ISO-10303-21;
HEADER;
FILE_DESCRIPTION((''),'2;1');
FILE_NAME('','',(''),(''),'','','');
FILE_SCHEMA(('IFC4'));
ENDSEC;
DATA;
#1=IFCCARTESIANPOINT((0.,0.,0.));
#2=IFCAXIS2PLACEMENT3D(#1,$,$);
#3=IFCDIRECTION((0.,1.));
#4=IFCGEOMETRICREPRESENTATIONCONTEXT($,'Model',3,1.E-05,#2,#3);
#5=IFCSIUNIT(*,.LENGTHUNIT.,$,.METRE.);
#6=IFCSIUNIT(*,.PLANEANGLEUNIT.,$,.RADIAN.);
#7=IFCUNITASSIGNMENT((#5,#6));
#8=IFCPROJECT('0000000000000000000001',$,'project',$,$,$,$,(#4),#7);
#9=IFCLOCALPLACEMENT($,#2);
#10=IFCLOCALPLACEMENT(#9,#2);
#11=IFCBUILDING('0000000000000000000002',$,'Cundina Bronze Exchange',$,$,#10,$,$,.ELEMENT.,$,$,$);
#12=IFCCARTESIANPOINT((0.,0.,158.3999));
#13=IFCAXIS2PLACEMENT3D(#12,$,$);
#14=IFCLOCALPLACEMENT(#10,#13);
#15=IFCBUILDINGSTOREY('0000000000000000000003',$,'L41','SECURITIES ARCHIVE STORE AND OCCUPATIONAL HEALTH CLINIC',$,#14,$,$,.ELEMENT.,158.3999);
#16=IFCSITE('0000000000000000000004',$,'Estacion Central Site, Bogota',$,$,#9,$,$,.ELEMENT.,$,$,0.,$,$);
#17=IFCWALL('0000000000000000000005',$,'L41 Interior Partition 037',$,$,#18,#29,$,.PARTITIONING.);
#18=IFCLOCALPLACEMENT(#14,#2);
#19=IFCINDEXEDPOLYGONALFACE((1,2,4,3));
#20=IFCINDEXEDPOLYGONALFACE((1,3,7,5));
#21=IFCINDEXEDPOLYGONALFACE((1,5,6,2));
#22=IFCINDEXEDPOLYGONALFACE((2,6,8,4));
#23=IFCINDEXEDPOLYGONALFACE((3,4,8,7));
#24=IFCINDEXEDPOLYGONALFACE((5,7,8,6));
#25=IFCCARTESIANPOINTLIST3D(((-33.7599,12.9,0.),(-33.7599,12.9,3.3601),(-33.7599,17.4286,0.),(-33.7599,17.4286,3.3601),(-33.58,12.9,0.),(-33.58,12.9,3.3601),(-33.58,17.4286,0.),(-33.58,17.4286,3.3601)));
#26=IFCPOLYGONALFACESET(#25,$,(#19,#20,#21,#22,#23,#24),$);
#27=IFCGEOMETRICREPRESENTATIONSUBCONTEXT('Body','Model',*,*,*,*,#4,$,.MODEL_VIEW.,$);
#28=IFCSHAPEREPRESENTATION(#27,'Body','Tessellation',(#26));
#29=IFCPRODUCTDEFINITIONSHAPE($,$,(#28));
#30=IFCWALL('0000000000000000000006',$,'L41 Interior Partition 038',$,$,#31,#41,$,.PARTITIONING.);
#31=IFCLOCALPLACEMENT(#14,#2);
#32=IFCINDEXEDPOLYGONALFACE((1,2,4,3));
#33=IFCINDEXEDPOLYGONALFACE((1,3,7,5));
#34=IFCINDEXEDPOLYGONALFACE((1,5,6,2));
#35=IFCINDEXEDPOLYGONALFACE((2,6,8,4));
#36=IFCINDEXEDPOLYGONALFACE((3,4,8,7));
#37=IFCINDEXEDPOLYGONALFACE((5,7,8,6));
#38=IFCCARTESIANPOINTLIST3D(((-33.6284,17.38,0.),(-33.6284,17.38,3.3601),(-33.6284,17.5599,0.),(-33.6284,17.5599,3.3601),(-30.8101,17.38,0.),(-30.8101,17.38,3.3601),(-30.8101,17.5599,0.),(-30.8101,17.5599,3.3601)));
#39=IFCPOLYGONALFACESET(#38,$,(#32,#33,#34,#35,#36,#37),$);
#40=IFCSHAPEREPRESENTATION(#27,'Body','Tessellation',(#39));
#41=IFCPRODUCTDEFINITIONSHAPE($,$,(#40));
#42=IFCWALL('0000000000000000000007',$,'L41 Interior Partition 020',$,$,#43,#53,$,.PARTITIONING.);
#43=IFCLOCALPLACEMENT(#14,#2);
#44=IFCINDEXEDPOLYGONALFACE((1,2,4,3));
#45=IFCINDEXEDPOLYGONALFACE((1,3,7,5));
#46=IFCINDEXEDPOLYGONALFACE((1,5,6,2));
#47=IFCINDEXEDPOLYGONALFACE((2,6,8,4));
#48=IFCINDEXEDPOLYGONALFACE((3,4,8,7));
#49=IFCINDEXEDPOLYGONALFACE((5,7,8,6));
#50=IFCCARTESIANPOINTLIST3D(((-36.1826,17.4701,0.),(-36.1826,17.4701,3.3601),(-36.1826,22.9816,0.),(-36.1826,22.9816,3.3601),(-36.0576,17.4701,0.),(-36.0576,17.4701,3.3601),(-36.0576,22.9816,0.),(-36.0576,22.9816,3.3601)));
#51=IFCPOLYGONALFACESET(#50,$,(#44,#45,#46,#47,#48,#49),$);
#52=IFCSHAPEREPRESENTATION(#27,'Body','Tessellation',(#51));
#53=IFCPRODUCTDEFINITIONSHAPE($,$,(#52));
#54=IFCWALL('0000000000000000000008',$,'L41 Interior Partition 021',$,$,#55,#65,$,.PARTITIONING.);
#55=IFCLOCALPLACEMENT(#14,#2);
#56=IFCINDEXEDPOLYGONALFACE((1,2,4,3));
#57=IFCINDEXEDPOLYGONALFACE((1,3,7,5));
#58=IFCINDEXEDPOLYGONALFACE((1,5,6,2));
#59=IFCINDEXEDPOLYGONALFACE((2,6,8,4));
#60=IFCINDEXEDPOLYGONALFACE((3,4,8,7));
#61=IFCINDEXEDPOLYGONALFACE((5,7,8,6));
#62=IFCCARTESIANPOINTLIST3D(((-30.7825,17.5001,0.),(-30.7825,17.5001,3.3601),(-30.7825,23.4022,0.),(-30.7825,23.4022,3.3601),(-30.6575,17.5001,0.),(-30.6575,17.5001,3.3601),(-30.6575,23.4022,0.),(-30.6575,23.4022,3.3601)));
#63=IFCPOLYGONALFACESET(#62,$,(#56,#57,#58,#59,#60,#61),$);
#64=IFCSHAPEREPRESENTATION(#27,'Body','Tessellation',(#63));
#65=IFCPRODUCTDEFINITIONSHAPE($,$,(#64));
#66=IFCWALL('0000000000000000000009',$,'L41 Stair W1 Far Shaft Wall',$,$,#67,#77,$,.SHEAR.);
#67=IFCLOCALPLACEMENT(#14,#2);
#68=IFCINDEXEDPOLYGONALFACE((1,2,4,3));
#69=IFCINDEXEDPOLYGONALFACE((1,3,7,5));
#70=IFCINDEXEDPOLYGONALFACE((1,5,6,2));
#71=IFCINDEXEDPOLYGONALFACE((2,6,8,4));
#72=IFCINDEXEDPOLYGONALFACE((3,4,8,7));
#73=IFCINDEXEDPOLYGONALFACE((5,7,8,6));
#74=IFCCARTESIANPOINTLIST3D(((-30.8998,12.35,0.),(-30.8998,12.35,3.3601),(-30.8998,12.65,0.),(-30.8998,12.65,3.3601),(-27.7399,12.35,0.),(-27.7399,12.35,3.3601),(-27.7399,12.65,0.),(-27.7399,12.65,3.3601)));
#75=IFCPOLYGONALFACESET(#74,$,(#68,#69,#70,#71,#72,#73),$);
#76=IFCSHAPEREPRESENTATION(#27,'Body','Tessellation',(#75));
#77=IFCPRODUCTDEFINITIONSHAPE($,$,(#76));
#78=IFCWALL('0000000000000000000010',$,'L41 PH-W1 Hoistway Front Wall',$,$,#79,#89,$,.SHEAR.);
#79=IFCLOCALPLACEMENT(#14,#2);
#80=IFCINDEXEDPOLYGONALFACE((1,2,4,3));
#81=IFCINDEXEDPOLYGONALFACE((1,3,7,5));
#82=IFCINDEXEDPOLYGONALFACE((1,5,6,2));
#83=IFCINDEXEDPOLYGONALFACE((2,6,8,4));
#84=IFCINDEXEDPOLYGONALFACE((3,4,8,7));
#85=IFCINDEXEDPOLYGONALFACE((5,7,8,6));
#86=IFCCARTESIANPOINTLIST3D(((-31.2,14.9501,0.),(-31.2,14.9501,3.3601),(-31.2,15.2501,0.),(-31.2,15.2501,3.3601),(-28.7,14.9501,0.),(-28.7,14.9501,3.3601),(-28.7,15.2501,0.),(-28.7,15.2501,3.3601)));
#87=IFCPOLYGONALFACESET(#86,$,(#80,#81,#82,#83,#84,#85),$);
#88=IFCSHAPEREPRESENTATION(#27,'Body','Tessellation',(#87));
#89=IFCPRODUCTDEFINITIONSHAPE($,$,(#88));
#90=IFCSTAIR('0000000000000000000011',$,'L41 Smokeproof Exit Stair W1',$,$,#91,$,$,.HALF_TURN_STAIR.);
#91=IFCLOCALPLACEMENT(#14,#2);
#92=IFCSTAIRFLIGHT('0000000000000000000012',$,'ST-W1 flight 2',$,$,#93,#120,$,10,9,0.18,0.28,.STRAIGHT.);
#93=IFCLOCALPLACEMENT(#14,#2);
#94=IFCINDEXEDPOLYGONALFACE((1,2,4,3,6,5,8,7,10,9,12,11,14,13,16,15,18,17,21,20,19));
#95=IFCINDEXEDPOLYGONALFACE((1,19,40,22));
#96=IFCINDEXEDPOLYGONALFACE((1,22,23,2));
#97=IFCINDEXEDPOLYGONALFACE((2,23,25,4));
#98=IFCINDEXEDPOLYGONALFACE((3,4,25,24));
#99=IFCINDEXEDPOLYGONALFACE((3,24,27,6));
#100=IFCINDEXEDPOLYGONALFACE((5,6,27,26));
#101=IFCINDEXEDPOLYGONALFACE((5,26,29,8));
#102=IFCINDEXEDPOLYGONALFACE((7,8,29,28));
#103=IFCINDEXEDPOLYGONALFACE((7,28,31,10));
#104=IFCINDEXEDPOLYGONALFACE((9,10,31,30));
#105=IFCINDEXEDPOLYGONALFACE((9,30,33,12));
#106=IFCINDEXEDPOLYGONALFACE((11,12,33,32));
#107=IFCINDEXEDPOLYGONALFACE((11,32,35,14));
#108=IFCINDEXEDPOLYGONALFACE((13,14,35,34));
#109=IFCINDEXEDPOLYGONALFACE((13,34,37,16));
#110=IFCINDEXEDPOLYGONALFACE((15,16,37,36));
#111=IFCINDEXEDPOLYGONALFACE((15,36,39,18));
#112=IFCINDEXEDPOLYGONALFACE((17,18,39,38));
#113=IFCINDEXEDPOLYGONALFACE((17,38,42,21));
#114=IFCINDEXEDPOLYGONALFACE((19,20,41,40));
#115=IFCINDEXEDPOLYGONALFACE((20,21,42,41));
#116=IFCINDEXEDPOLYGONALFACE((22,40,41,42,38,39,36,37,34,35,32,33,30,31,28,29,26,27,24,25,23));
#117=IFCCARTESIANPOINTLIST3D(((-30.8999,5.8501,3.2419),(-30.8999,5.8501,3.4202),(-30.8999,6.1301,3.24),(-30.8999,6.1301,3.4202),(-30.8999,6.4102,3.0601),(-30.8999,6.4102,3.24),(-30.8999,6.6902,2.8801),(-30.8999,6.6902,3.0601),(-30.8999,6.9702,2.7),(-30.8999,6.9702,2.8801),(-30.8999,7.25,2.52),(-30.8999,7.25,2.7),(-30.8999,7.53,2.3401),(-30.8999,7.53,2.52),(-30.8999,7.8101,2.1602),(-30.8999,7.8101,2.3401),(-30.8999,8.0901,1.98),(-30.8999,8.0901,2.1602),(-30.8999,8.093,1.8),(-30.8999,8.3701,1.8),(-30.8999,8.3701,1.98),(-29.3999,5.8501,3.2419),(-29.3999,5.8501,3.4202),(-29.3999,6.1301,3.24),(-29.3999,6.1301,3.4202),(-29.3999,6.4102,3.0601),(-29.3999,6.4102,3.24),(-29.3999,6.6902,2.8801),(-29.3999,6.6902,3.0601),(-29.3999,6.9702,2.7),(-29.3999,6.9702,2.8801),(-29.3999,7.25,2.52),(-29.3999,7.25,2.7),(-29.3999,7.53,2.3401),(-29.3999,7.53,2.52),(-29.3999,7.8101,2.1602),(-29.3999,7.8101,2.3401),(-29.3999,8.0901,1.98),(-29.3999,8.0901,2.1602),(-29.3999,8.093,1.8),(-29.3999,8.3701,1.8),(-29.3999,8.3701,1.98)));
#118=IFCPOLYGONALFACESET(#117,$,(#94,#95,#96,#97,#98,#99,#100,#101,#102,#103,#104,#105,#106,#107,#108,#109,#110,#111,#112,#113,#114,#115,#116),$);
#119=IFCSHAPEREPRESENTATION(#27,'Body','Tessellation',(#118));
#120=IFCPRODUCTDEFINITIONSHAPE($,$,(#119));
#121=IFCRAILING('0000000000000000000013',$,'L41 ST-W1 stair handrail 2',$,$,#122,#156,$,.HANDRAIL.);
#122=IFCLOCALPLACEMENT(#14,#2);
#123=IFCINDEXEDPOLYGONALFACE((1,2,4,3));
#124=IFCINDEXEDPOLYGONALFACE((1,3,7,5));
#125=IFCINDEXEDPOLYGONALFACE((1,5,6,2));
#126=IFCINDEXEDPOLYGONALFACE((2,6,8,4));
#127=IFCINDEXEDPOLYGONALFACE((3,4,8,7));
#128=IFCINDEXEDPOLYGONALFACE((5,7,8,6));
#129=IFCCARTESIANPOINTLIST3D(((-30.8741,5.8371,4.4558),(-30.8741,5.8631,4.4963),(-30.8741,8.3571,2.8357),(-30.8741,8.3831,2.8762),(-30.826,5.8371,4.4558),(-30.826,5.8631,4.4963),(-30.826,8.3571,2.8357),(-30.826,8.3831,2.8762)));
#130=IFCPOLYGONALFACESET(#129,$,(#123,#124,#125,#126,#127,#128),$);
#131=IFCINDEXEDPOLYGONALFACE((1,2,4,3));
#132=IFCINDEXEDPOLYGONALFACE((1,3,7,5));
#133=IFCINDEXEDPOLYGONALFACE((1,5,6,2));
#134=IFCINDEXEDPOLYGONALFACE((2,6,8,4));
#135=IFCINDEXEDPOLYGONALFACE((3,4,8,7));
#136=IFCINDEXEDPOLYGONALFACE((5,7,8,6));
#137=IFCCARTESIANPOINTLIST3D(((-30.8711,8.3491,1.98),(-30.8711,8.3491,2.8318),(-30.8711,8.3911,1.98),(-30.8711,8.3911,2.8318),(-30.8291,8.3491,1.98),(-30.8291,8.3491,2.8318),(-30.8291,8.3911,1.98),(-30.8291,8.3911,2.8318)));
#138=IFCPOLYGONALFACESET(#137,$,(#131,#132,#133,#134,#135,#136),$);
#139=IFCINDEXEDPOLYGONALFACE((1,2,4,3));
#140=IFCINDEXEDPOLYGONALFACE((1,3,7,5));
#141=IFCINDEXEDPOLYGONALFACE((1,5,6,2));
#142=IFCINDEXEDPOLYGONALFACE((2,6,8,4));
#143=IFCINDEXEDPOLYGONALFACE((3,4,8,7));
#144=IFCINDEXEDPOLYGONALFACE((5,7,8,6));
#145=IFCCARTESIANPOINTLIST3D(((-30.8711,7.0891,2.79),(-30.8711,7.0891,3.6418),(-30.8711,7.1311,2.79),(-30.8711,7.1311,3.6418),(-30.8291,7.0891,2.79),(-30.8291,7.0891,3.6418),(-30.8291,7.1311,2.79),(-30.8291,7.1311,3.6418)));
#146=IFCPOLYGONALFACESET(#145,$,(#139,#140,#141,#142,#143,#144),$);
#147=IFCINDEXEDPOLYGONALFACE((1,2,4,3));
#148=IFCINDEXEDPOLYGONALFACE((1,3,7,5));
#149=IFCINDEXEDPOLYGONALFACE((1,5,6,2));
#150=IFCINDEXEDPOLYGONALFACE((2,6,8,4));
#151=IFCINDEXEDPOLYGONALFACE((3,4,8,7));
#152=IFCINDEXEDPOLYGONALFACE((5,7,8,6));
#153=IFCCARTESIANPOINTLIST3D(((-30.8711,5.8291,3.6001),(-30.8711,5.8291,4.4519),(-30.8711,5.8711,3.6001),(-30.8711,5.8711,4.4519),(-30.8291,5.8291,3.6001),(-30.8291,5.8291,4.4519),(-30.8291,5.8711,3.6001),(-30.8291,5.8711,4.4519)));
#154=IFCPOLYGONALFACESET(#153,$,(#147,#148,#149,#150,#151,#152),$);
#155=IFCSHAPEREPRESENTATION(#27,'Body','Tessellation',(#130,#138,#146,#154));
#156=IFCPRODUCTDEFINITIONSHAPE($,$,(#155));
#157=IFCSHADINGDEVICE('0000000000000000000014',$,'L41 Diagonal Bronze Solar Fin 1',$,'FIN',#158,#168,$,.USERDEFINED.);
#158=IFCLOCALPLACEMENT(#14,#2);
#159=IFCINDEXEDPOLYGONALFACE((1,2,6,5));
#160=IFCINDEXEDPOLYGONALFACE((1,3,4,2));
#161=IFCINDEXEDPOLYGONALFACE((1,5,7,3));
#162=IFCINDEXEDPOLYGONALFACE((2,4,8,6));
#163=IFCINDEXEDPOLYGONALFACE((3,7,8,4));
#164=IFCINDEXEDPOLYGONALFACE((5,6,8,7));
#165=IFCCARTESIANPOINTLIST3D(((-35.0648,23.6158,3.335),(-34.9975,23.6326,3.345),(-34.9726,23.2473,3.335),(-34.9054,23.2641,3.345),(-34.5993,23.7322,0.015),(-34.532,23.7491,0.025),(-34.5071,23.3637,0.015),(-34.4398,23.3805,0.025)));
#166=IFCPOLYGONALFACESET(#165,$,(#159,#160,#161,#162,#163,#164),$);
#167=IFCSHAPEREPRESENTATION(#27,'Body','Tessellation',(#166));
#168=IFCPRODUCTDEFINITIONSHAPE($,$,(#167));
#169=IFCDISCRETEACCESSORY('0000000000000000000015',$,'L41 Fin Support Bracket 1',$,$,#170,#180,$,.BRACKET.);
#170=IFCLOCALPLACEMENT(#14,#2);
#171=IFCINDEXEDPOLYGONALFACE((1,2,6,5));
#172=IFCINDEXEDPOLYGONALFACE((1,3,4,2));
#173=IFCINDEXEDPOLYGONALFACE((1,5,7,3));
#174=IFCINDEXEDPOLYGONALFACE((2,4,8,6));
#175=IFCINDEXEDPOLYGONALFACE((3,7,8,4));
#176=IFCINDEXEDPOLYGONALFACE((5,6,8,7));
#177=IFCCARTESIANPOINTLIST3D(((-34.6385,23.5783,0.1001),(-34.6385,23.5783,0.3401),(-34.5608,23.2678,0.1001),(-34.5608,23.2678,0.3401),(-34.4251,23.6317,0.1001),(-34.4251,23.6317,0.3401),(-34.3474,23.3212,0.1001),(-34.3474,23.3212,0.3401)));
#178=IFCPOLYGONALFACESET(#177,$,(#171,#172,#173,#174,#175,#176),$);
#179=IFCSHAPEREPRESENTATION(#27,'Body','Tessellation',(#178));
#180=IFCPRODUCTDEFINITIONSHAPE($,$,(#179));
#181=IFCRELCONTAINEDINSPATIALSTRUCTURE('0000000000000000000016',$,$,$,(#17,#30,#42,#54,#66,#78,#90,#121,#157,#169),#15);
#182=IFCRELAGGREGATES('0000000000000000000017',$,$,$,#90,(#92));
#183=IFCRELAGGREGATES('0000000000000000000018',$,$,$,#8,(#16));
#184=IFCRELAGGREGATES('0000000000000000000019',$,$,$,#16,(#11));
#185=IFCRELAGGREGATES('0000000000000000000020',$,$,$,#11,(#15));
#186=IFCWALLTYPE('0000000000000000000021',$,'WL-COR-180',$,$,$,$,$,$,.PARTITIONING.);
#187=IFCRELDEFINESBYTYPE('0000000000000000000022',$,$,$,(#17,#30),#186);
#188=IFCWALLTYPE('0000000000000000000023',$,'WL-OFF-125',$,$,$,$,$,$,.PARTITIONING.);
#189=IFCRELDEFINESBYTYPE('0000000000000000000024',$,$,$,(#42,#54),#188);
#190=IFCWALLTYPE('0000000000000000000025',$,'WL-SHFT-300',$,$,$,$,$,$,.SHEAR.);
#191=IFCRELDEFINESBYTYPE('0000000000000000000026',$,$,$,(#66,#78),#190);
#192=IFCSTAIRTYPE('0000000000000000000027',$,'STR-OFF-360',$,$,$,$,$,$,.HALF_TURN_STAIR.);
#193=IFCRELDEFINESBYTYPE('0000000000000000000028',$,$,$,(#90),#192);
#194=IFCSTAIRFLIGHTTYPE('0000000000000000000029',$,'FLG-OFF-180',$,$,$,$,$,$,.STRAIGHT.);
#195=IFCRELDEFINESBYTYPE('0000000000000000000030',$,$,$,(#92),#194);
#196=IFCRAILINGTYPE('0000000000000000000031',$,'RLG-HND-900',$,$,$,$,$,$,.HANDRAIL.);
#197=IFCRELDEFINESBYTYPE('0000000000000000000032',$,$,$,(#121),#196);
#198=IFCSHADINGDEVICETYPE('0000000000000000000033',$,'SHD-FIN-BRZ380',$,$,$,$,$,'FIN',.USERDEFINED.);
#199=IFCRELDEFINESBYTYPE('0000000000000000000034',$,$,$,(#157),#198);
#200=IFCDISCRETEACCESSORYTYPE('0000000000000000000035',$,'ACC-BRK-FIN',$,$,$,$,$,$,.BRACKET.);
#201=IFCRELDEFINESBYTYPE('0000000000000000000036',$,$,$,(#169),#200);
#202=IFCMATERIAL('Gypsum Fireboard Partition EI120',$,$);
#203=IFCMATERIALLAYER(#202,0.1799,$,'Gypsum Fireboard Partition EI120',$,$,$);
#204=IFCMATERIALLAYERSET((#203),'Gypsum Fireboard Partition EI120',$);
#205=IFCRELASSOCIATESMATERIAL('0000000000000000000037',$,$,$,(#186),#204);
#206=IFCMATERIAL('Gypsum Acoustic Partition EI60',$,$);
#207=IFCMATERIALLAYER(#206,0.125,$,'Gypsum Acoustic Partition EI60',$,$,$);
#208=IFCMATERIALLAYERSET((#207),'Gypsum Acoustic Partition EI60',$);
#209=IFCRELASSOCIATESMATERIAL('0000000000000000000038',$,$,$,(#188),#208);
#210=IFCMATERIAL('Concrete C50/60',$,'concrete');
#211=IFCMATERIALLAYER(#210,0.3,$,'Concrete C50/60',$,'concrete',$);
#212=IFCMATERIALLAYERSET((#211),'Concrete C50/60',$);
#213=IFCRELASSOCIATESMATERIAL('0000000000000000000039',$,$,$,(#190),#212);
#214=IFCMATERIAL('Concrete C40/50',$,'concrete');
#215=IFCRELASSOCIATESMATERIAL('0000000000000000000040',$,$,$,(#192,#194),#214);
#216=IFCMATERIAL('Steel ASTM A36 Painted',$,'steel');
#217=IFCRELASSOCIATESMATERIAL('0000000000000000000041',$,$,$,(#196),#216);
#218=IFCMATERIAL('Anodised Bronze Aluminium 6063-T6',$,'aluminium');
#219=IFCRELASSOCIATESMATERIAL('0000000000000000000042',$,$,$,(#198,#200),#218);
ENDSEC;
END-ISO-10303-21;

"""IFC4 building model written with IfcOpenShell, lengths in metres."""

from ifc_helpers import new_model, si_unit, direction, frame, frame_2d, origin, origin_2d, place, context, subcontext, project, spatial, polyline, rectangle, outline, extrude, material, layer, layer_set, material_profile, profile_set, type_object, element, aggregate, save


model = new_model("IFC4")

# Units and contexts
model_context = context("Model", 3, precision=1e-05, world=origin(), true_north=direction((0.0, 1.0)))
body_context = subcontext(model_context, "Body", "Model", "MODEL_VIEW")
ifc_project = project(units=[si_unit("LENGTHUNIT", "METRE"), si_unit("PLANEANGLEUNIT", "RADIAN")], contexts=[model_context])

# Site, building, storey
site_placement = place(None, origin())
site = spatial("IfcSite", under=ifc_project, at=site_placement, Name="Estacion Central Site, Bogota", CompositionType="ELEMENT", RefElevation=0.0)
building_placement = place(site_placement, origin())
building = spatial("IfcBuilding", under=site, at=building_placement, Name="Cundina Bronze Exchange", CompositionType="ELEMENT")
storey_placement = place(building_placement, frame((0.0, 0.0, 158.3999)))
storey = spatial("IfcBuildingStorey", under=building, at=storey_placement, Name="L41", Description="SECURITIES ARCHIVE STORE AND OCCUPATIONAL HEALTH CLINIC", CompositionType="ELEMENT", Elevation=158.3999)

# Shared definitions
ifc_material_1 = material(Name="Concrete C50/60", Category="concrete")

# Shared definitions
ifc_material_2 = material(Name="Anodised Bronze Aluminium 6063-T6", Category="aluminium")

# Shared definitions
ifc_material_3 = material(Name="Gypsum Fireboard Partition EI120")
ifc_layer_1 = layer(ifc_material_3, 0.1799, Name="Gypsum Fireboard Partition EI120")
ifc_layer_set_1 = layer_set([ifc_layer_1], Name="Gypsum Fireboard Partition EI120")
wall_type_1 = type_object("IfcWallType", Name="WL-COR-180", PredefinedType="PARTITIONING", material=ifc_layer_set_1)

# Walls
wall_1_placement = place(storey_placement, frame((-33.6699, 17.4285, 0.0), z_axis=(0.0, 0.0, 1.0), x_axis=(0.0, -1.0, 0.0)))
element("IfcWall", 1, at=wall_1_placement, inside=storey, type_object=wall_type_1, Name="L41 Interior Partition 037", PredefinedType="PARTITIONING", context=body_context, shape_type="SweptSolid", body=[
    extrude(rectangle(XDim=4.5286, YDim=0.1799, at=frame_2d((2.2642, 0.0))), origin(), (0.0, 0.0, 1.0), 3.3601),
])
wall_2_placement = place(storey_placement, frame((-30.8101, 17.47, 0.0), z_axis=(0.0, 0.0, 1.0), x_axis=(-1.0, 0.0, 0.0)))
element("IfcWall", 2, at=wall_2_placement, inside=storey, type_object=wall_type_1, Name="L41 Interior Partition 038", PredefinedType="PARTITIONING", context=body_context, shape_type="SweptSolid", body=[
    extrude(rectangle(XDim=2.8184, YDim=0.1799, at=frame_2d((1.4092, 0.0))), origin(), (0.0, 0.0, 1.0), 3.3601),
])
ifc_material_4 = material(Name="Gypsum Acoustic Partition EI60")
ifc_layer_2 = layer(ifc_material_4, 0.125, Name="Gypsum Acoustic Partition EI60")
ifc_layer_set_2 = layer_set([ifc_layer_2], Name="Gypsum Acoustic Partition EI60")
wall_type_2 = type_object("IfcWallType", Name="WL-OFF-125", PredefinedType="PARTITIONING", material=ifc_layer_set_2)
wall_3_placement = place(storey_placement, frame((-36.1201, 17.47, 0.0), z_axis=(0.0, 0.0, 1.0), x_axis=(0.0, 1.0, 0.0)))
element("IfcWall", 3, at=wall_3_placement, inside=storey, type_object=wall_type_2, Name="L41 Interior Partition 020", PredefinedType="PARTITIONING", context=body_context, shape_type="SweptSolid", body=[
    extrude(rectangle(XDim=5.5115, YDim=0.125, at=frame_2d((2.7559, 0.0))), origin(), (0.0, 0.0, 1.0), 3.3601),
])
wall_4_placement = place(storey_placement, frame((-30.72, 17.5, 0.0), z_axis=(0.0, 0.0, 1.0), x_axis=(0.0, 1.0, 0.0)))
element("IfcWall", 4, at=wall_4_placement, inside=storey, type_object=wall_type_2, Name="L41 Interior Partition 021", PredefinedType="PARTITIONING", context=body_context, shape_type="SweptSolid", body=[
    extrude(rectangle(XDim=5.9021, YDim=0.125, at=frame_2d((2.9512, 0.0))), origin(), (0.0, 0.0, 1.0), 3.3601),
])

# Shared definitions
ifc_layer_3 = layer(ifc_material_1, 0.3, Name="Concrete C50/60", Category="concrete")
ifc_layer_set_3 = layer_set([ifc_layer_3], Name="Concrete C50/60")
wall_type_3 = type_object("IfcWallType", Name="WL-SHFT-300", PredefinedType="SHEAR", material=ifc_layer_set_3)
ifc_material_5 = material(Name="Steel ASTM A36 Painted", Category="steel")

# Walls
wall_5_placement = place(storey_placement, frame((-30.8999, 12.5, 0.0), z_axis=(0.0, 0.0, 1.0), x_axis=(1.0, 0.0, 0.0)))
element("IfcWall", 5, at=wall_5_placement, inside=storey, type_object=wall_type_3, Name="L41 Stair W1 Far Shaft Wall", PredefinedType="SHEAR", context=body_context, shape_type="SweptSolid", body=[
    extrude(rectangle(XDim=3.1599, YDim=0.3, at=frame_2d((1.5801, 0.0))), origin(), (0.0, 0.0, 1.0), 3.3601),
])
wall_6_placement = place(storey_placement, frame((-31.2, 15.1001, 0.0), z_axis=(0.0, 0.0, 1.0), x_axis=(1.0, 0.0, 0.0)))
element("IfcWall", 6, at=wall_6_placement, inside=storey, type_object=wall_type_3, Name="L41 PH-W1 Hoistway Front Wall", PredefinedType="SHEAR", context=body_context, shape_type="SweptSolid", body=[
    extrude(rectangle(XDim=2.5, YDim=0.3, at=frame_2d((1.25, 0.0))), origin(), (0.0, 0.0, 1.0), 3.3601),
])

# Stair, stair flight
ifc_material_6 = material(Name="Concrete C40/50", Category="concrete")
stair_type = type_object("IfcStairType", Name="STR-OFF-360", PredefinedType="HALF_TURN_STAIR", material=ifc_material_6)
stair_placement = place(storey_placement, origin())
stair = element("IfcStair", 7, at=stair_placement, inside=storey, type_object=stair_type, Name="L41 Smokeproof Exit Stair W1", PredefinedType="HALF_TURN_STAIR")
stair_flight_type = type_object("IfcStairFlightType", Name="FLG-OFF-180", PredefinedType="STRAIGHT", material=ifc_material_6)
stair_flight_placement = place(storey_placement, frame((-30.1499, 8.3701, 1.8), z_axis=(0.0, 0.0, 1.0), x_axis=(0.0, -1.0, 0.0)))
stair_flight = element("IfcStairFlight", 8, at=stair_flight_placement, type_object=stair_flight_type, Name="ST-W1 flight 2", NumberOfRisers=10, NumberOfTreads=9, PredefinedType="STRAIGHT", RiserHeight=0.18, TreadLength=0.28, context=body_context, shape_type="SweptSolid", body=[
    extrude(outline(polyline([(0.0, 0.0), (0.0, 0.1799), (0.28, 0.1799), (0.28, 0.3601), (0.5601, 0.3601), (0.5601, 0.54), (0.8401, 0.54), (0.8401, 0.72), (1.1201, 0.72), (1.1201, 0.8999), (1.3999, 0.8999), (1.3999, 1.0801), (1.6799, 1.0801), (1.6799, 1.26), (1.96, 1.26), (1.96, 1.4399), (2.24, 1.4399), (2.24, 1.6201), (2.52, 1.6201), (2.52, 1.8), (2.52, 1.4419), (0.2771, 0.0), (0.0, 0.0)])), frame((0.0, 0.75, 0.0), z_axis=(0.0, -1.0, 0.0), x_axis=(1.0, 0.0, 0.0)), (0.0, 0.0, 1.0), 1.5),
])
aggregate(stair, [stair_flight])

# Railing
railing_type = type_object("IfcRailingType", Name="RLG-HND-900", PredefinedType="HANDRAIL", material=ifc_material_5)
railing_placement = place(storey_placement, frame((-30.8501, 8.3701, 1.98)))
element("IfcRailing", 9, at=railing_placement, inside=storey, type_object=railing_type, Name="L41 ST-W1 stair handrail 2", PredefinedType="HANDRAIL", context=body_context, shape_type="SweptSolid", body=[
    extrude(rectangle(XDim=0.0481, YDim=0.0481, at=origin_2d()), frame((0.0, 0.0, 0.876), z_axis=(0.0, -0.841163, 0.540782), x_axis=(1.0, 0.0, 0.0)), (0.0, 0.0, 1.0), 2.9958),
    extrude(rectangle(XDim=0.042, YDim=0.042, at=origin_2d()), origin(), (0.0, 0.0, 1.0), 0.8518),
    extrude(rectangle(XDim=0.042, YDim=0.042, at=origin_2d()), frame((0.0, -1.26, 0.8101)), (0.0, 0.0, 1.0), 0.8518),
    extrude(rectangle(XDim=0.042, YDim=0.042, at=origin_2d()), frame((0.0, -2.52, 1.6201)), (0.0, 0.0, 1.0), 0.8518),
])

# Shading device
ifc_material_profile_1 = material_profile(ifc_material_2, rectangle(XDim=0.0701, YDim=0.3799, at=origin_2d()), Name="FIN70X380", Category="aluminium")
ifc_profile_set_1 = profile_set([ifc_material_profile_1], Name="Anodised Bronze Aluminium 6063-T6")
shading_device_type = type_object("IfcShadingDeviceType", Name="SHD-FIN-BRZ380", ElementType="FIN", PredefinedType="USERDEFINED", material=ifc_profile_set_1)
shading_device_placement = place(storey_placement, frame((-34.5195, 23.5564, 0.02), z_axis=(-0.138788, -0.034715, 0.989713), x_axis=(0.960133, 0.240159, 0.143064)))
element("IfcShadingDevice", 10, at=shading_device_placement, inside=storey, type_object=shading_device_type, Name="L41 Diagonal Bronze Solar Fin 1", ObjectType="FIN", PredefinedType="USERDEFINED", context=body_context, shape_type="SweptSolid", body=[
    extrude(rectangle(XDim=0.0701, YDim=0.3799, at=origin_2d()), origin(), (0.0, 0.0, 1.0), 3.3545),
])

# Discrete accessory
discrete_accessory_type = type_object("IfcDiscreteAccessoryType", Name="ACC-BRK-FIN", PredefinedType="BRACKET", material=ifc_material_2)
discrete_accessory_placement = place(storey_placement, frame((-34.4929, 23.4497, 0.1001), z_axis=(0.0, 0.0, 1.0), x_axis=(-0.970093, -0.242735, 0.0)))
element("IfcDiscreteAccessory", 11, at=discrete_accessory_placement, inside=storey, type_object=discrete_accessory_type, Name="L41 Fin Support Bracket 1", PredefinedType="BRACKET", context=body_context, shape_type="SweptSolid", body=[
    extrude(rectangle(XDim=0.22, YDim=0.3201, at=origin_2d()), origin(), (0.0, 0.0, 1.0), 0.24),
])

save(model, "model.ifc")
